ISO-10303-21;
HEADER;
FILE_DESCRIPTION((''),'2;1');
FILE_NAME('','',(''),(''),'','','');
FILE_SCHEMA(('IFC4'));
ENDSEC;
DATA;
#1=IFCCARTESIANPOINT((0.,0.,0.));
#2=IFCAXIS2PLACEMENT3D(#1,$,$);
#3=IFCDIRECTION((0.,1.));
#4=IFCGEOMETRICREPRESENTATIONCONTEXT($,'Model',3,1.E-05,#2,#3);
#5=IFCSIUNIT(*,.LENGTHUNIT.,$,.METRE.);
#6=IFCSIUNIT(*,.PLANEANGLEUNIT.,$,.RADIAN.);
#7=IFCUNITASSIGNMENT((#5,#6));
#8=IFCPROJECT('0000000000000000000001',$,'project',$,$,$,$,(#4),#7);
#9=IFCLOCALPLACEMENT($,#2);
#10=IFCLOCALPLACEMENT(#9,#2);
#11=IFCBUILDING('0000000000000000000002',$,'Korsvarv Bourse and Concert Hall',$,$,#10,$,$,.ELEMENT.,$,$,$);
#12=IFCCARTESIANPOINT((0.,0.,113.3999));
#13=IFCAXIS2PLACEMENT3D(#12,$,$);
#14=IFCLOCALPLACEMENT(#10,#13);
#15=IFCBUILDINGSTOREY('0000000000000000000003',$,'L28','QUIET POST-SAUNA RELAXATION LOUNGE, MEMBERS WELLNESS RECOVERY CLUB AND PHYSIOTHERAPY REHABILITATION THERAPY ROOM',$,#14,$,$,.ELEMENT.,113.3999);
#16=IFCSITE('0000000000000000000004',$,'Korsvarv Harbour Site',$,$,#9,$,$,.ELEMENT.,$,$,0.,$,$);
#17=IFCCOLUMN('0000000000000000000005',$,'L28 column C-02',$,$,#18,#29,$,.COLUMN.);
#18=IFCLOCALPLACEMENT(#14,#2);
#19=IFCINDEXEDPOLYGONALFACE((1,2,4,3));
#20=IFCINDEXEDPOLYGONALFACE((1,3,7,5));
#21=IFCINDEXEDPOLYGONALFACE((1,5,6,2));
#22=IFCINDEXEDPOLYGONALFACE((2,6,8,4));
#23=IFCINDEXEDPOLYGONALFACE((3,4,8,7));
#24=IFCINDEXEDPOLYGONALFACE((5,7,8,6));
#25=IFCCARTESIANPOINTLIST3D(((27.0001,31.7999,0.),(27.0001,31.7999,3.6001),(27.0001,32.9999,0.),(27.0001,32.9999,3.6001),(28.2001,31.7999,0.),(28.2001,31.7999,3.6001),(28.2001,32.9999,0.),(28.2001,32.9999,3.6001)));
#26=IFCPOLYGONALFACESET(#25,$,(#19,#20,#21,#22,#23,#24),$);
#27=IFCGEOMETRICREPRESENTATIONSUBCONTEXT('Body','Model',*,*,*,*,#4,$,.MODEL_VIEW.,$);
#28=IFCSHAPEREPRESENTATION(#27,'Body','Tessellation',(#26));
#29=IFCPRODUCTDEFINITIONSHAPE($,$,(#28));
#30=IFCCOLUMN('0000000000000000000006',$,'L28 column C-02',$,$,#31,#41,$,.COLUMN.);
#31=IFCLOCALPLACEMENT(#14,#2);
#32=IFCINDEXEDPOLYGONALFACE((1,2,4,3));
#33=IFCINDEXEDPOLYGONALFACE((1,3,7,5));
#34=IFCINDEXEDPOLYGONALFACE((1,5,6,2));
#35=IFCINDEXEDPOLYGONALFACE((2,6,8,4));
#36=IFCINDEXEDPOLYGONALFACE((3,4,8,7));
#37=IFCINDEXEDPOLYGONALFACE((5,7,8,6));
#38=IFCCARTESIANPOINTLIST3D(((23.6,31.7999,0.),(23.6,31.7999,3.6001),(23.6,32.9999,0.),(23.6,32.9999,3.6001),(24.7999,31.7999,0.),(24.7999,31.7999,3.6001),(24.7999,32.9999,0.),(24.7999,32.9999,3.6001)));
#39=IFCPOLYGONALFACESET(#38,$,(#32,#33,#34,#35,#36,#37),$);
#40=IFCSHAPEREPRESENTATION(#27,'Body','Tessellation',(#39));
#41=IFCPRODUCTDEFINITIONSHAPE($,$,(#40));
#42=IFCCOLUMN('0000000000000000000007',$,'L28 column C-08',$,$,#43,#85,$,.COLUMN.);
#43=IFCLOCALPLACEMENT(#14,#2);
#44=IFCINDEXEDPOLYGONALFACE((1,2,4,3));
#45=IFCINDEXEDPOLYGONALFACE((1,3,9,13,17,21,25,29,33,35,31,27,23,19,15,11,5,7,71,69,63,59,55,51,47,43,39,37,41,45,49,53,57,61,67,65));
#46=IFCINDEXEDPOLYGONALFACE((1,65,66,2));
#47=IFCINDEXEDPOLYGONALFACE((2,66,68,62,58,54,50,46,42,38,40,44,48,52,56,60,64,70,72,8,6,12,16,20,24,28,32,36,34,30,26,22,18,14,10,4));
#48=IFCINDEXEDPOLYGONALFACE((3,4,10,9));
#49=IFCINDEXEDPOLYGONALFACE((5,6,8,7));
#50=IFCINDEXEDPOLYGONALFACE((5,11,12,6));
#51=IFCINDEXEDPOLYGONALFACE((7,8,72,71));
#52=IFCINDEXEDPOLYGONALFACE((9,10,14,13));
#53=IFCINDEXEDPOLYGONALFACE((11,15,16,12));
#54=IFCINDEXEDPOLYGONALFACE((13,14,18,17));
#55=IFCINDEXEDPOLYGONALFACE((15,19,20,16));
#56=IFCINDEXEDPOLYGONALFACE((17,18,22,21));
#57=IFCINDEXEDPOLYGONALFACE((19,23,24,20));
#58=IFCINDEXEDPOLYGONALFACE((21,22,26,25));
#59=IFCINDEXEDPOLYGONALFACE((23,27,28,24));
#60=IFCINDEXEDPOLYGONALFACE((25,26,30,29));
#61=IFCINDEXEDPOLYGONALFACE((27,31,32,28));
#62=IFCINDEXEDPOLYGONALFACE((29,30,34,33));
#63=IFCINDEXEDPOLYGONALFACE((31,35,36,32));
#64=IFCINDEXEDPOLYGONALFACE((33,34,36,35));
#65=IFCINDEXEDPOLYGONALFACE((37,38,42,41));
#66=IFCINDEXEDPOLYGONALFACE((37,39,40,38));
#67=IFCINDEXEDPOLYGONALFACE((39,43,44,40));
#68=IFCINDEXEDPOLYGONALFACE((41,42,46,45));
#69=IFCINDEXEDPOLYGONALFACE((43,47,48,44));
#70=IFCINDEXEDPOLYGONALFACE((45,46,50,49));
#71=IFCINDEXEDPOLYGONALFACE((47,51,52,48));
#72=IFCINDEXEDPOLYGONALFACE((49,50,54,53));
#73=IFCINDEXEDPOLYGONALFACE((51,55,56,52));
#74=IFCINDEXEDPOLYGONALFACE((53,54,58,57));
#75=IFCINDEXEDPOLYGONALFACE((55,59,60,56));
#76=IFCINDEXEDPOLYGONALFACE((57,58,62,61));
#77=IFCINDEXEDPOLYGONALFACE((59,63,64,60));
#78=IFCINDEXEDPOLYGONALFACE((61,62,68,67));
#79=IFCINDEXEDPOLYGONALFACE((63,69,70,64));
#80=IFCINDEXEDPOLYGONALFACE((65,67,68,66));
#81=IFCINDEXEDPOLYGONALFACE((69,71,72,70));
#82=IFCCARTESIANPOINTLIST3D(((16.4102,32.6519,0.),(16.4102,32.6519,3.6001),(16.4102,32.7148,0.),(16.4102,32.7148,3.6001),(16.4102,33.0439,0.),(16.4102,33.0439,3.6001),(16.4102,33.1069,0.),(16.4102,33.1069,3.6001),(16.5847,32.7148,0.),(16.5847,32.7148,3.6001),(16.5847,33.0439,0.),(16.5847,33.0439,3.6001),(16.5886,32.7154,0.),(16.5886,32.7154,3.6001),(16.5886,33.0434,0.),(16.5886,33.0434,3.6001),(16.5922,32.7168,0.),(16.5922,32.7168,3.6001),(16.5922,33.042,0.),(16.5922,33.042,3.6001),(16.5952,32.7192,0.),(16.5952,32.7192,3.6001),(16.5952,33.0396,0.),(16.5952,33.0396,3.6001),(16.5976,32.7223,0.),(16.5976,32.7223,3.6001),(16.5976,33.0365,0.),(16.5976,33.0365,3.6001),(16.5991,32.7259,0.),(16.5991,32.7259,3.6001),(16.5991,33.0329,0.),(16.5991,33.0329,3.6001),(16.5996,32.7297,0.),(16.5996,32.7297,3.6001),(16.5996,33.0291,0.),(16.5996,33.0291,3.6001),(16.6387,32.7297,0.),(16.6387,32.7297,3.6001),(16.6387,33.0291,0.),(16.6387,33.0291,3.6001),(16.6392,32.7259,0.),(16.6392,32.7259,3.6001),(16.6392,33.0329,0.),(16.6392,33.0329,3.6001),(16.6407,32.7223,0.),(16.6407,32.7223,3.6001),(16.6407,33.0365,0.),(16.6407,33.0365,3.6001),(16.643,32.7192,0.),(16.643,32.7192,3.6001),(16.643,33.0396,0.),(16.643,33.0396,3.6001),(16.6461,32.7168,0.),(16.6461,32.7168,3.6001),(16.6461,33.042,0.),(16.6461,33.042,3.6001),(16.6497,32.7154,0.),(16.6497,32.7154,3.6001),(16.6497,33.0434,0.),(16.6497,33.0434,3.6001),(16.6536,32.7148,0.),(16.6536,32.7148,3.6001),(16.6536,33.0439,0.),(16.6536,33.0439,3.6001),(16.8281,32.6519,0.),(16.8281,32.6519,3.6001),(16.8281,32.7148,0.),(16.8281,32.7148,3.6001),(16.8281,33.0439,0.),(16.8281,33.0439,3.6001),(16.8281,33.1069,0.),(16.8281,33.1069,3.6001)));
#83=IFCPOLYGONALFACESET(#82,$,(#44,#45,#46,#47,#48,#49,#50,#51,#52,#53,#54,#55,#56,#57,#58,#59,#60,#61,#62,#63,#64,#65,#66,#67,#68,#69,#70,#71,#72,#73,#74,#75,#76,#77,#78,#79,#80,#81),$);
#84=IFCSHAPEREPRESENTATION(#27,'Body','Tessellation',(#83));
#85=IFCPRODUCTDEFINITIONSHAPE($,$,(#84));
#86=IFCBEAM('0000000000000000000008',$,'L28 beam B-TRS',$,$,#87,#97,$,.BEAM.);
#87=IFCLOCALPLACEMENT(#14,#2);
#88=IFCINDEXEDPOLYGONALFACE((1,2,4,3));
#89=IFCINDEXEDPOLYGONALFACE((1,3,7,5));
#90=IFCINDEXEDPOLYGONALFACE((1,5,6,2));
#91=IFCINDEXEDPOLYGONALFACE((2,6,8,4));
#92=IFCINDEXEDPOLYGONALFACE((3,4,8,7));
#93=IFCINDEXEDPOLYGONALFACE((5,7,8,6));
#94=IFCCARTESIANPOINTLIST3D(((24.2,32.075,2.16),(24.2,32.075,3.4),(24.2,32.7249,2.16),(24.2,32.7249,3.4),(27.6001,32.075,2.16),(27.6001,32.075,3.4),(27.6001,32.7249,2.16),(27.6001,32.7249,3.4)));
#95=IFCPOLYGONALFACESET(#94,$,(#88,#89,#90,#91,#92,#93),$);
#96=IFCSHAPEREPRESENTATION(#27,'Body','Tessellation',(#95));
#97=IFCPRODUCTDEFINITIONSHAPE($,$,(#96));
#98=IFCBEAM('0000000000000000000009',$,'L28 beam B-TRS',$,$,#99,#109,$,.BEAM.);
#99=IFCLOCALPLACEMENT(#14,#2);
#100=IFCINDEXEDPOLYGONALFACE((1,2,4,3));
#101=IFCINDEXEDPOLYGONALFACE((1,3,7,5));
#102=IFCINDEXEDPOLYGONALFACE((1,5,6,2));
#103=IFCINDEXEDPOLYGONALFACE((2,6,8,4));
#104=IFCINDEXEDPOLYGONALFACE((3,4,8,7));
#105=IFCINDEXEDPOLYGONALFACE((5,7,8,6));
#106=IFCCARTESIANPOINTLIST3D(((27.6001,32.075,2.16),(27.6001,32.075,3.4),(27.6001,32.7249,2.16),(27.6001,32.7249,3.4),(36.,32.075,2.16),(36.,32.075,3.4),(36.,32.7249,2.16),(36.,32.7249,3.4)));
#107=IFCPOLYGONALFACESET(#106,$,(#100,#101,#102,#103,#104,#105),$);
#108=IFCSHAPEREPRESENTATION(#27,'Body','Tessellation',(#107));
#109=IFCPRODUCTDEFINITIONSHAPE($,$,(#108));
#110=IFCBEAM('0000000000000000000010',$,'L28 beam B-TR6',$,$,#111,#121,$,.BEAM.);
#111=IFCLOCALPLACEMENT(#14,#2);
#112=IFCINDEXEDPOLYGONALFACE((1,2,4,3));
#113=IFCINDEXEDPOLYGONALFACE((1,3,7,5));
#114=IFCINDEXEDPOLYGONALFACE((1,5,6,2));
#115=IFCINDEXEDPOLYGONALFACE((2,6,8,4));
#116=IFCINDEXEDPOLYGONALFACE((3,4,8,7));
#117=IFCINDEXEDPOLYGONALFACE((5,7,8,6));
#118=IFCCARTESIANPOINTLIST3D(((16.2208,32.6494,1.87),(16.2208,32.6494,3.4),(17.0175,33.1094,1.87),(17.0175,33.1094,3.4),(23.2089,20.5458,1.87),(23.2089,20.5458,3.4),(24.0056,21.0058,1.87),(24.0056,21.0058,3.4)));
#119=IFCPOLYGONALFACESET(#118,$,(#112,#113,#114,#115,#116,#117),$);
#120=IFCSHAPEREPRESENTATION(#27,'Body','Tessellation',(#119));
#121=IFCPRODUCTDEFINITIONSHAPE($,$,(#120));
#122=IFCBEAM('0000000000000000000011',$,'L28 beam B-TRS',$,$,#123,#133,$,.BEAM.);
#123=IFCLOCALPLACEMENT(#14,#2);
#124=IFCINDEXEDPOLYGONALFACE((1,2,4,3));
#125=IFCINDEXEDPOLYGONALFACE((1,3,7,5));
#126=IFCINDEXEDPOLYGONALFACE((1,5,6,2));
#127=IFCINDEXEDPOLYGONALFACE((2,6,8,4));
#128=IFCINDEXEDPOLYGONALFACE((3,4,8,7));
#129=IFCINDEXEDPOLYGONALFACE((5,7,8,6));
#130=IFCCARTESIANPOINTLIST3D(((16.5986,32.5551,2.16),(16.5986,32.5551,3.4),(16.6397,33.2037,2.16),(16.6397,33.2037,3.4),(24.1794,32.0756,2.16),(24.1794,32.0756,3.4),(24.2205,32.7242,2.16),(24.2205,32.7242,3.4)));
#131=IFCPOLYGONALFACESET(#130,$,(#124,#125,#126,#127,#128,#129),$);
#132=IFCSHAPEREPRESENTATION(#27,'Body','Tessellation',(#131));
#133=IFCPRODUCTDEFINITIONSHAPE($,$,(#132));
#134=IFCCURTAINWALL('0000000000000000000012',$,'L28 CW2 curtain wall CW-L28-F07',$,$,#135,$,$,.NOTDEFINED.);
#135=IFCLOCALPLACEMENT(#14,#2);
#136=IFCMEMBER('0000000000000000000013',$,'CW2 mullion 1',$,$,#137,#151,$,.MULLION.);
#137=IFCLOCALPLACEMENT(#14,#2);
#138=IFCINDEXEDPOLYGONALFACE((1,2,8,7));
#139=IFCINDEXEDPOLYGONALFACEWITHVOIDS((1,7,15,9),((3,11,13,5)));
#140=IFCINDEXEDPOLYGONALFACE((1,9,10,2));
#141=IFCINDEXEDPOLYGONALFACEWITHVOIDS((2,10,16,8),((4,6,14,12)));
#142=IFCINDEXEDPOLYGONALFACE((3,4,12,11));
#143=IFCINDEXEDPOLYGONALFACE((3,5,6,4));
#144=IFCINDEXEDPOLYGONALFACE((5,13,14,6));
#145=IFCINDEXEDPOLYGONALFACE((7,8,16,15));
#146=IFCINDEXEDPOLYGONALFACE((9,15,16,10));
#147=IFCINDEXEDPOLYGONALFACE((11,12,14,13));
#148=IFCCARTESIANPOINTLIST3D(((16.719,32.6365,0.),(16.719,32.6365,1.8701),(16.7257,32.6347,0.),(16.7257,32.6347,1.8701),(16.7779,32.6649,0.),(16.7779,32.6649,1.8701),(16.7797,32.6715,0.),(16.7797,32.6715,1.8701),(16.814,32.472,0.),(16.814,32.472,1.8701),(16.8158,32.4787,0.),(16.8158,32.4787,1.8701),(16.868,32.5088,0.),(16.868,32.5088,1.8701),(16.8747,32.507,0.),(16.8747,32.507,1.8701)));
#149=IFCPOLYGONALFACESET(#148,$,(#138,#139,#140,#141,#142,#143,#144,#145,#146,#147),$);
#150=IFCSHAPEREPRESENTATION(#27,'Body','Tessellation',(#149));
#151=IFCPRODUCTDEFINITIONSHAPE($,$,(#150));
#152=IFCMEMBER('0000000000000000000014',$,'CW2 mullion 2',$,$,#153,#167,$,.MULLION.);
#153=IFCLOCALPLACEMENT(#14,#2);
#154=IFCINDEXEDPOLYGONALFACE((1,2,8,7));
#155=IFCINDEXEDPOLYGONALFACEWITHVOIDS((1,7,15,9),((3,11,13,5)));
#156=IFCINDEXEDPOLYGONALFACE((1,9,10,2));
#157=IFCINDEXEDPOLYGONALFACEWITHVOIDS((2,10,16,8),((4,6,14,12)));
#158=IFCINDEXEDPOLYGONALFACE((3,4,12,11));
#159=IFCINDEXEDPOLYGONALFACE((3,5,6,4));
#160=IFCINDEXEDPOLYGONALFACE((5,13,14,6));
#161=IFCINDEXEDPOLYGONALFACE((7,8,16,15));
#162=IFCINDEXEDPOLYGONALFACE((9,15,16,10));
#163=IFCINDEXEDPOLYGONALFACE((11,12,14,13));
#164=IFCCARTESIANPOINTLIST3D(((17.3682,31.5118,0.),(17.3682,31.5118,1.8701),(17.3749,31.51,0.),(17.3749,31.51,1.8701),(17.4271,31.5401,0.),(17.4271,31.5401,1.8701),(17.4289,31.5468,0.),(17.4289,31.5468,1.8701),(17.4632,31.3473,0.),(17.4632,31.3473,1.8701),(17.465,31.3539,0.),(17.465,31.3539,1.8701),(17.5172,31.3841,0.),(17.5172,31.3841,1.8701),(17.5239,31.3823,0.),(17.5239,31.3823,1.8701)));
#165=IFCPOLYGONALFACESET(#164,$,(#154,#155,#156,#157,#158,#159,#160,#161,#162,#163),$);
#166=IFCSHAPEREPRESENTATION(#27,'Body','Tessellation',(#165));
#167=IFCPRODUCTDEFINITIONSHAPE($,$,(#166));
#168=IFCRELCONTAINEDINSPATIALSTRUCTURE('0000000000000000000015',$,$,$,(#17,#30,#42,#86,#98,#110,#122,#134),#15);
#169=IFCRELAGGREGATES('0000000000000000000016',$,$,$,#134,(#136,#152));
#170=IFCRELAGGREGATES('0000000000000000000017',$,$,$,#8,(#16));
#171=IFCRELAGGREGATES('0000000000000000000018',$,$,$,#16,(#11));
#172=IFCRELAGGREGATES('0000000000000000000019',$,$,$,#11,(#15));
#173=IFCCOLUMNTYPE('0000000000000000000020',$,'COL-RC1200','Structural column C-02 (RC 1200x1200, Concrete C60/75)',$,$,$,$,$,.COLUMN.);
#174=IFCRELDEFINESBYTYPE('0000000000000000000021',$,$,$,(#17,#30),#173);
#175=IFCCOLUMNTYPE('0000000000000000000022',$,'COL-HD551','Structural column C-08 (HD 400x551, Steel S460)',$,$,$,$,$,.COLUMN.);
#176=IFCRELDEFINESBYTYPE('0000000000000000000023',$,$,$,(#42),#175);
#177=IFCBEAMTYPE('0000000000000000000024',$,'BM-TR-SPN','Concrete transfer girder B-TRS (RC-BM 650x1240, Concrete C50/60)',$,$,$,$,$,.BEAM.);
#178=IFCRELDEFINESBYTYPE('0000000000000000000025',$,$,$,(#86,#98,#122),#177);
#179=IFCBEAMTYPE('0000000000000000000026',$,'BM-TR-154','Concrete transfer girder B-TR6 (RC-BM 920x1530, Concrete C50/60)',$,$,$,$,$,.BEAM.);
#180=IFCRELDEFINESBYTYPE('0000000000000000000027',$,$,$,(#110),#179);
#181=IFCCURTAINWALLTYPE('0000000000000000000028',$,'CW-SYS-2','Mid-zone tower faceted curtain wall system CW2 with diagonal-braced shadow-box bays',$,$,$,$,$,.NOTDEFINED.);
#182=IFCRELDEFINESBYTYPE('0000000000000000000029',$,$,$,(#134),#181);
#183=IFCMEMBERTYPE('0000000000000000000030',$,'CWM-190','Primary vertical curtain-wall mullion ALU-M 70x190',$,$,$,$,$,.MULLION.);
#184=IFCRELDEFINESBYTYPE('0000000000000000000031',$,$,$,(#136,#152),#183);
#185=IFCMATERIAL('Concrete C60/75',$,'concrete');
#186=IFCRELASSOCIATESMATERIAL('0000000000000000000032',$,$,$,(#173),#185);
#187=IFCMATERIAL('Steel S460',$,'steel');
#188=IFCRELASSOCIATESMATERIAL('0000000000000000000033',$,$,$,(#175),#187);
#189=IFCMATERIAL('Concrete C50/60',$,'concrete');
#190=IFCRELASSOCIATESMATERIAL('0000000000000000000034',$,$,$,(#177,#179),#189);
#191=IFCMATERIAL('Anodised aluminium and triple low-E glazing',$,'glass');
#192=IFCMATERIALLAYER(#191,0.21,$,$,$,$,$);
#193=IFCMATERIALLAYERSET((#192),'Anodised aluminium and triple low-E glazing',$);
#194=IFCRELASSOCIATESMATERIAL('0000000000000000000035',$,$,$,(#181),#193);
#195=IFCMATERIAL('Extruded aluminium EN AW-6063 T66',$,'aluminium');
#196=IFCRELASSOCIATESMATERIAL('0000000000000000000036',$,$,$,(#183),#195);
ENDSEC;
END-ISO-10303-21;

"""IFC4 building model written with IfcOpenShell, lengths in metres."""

from ifc_helpers import new_model, si_unit, direction, frame, origin, origin_2d, place, context, subcontext, project, spatial, rectangle, hollow_rectangle, i_section, extrude, source, transform, mapped, material, layer, layer_set, material_profile, profile_set, type_object, element, aggregate, save


model = new_model("IFC4")

# Units and contexts
model_context = context("Model", 3, precision=1e-05, world=origin(), true_north=direction((0.0, 1.0)))
body_context = subcontext(model_context, "Body", "Model", "MODEL_VIEW")
ifc_project = project(units=[si_unit("LENGTHUNIT", "METRE"), si_unit("PLANEANGLEUNIT", "RADIAN")], contexts=[model_context])

# Site, building, storey
site_placement = place(None, origin())
site = spatial("IfcSite", under=ifc_project, at=site_placement, Name="Korsvarv Harbour Site", CompositionType="ELEMENT", RefElevation=0.0)
building_placement = place(site_placement, origin())
building = spatial("IfcBuilding", under=site, at=building_placement, Name="Korsvarv Bourse and Concert Hall", CompositionType="ELEMENT")
storey_placement = place(building_placement, frame((0.0, 0.0, 113.3999)))
storey = spatial("IfcBuildingStorey", under=building, at=storey_placement, Name="L28", Description="QUIET POST-SAUNA RELAXATION LOUNGE, MEMBERS WELLNESS RECOVERY CLUB AND PHYSIOTHERAPY REHABILITATION THERAPY ROOM", CompositionType="ELEMENT", Elevation=113.3999)

# Columns
ifc_material_1 = material(Name="Concrete C60/75", Category="concrete")
ifc_material_profile_1 = material_profile(ifc_material_1, rectangle(XDim=1.2, YDim=1.2, at=origin_2d()), Name="RC 1200x1200")
ifc_profile_set_1 = profile_set([ifc_material_profile_1], Name="Concrete C60/75")
column_type_1 = type_object("IfcColumnType", Name="COL-RC1200", Description="Structural column C-02 (RC 1200x1200, Concrete C60/75)", PredefinedType="COLUMN", material=ifc_profile_set_1)
shared_shape_1 = source(origin(), body_context, "Body", "SweptSolid", [
    extrude(rectangle(XDim=1.2, YDim=1.2, at=origin_2d()), origin(), (0.0, 0.0, 1.0), 3.6001),
])
for number, where, z_axis, x_axis, name in (
    (1, (27.6001, 32.3999, 0.0), (0.0, 0.0, 1.0), (1.0, 0.0, 0.0), "L28 column C-02"),
    (2, (24.2, 32.3999, 0.0), (0.0, 0.0, 1.0), (1.0, 0.0, 0.0), "L28 column C-02"),
):
    element("IfcColumn", number, at=place(storey_placement, frame(where, z_axis=z_axis, x_axis=x_axis)), inside=storey, type_object=column_type_1, Name=name, PredefinedType="COLUMN", context=body_context, shape_type="MappedRepresentation", body=[
        mapped(shared_shape_1, transform((0.0, 0.0, 0.0), scale=1.0)),
    ])
ifc_material_2 = material(Name="Steel S460", Category="steel")
ifc_material_profile_2 = material_profile(ifc_material_2, i_section(OverallWidth=0.418, OverallDepth=0.4551, WebThickness=0.0391, FlangeThickness=0.063, FilletRadius=0.0149, at=origin_2d()), Name="HD 400x551")
ifc_profile_set_2 = profile_set([ifc_material_profile_2], Name="Steel S460")
column_type_2 = type_object("IfcColumnType", Name="COL-HD551", Description="Structural column C-08 (HD 400x551, Steel S460)", PredefinedType="COLUMN", material=ifc_profile_set_2)
shared_shape_2 = source(origin(), body_context, "Body", "SweptSolid", [
    extrude(i_section(OverallWidth=0.418, OverallDepth=0.4551, WebThickness=0.0391, FlangeThickness=0.063, FilletRadius=0.0149, at=origin_2d()), origin(), (0.0, 0.0, 1.0), 3.6001),
])
column_placement = place(storey_placement, frame((16.6191, 32.8794, 0.0), z_axis=(0.0, 0.0, 1.0), x_axis=(1.0, 0.0, 0.0)))
element("IfcColumn", 3, at=column_placement, inside=storey, type_object=column_type_2, Name="L28 column C-08", PredefinedType="COLUMN", context=body_context, shape_type="MappedRepresentation", body=[
    mapped(shared_shape_2, transform((0.0, 0.0, 0.0), scale=1.0)),
])

# Beams
ifc_material_3 = material(Name="Concrete C50/60", Category="concrete")
ifc_material_profile_3 = material_profile(ifc_material_3, rectangle(XDim=0.6499, YDim=1.24, at=origin_2d()), Name="RC-BM 650x1240")
ifc_profile_set_3 = profile_set([ifc_material_profile_3], Name="Concrete C50/60")
beam_type_1 = type_object("IfcBeamType", Name="BM-TR-SPN", Description="Concrete transfer girder B-TRS (RC-BM 650x1240, Concrete C50/60)", PredefinedType="BEAM", material=ifc_profile_set_3)
shared_shape_3 = source(origin(), body_context, "Body", "SweptSolid", [
    extrude(rectangle(XDim=0.6499, YDim=1.24, at=origin_2d()), origin(), (0.0, 0.0, 1.0), 3.4001),
])
beam_1_placement = place(storey_placement, frame((24.2, 32.3999, 2.78), z_axis=(1.0, 0.0, 0.0), x_axis=(0.0, 1.0, 0.0)))
element("IfcBeam", 4, at=beam_1_placement, inside=storey, type_object=beam_type_1, Name="L28 beam B-TRS", PredefinedType="BEAM", context=body_context, shape_type="MappedRepresentation", body=[
    mapped(shared_shape_3, transform((0.0, 0.0, 0.0), scale=1.0)),
])
shared_shape_4 = source(origin(), body_context, "Body", "SweptSolid", [
    extrude(rectangle(XDim=0.6499, YDim=1.24, at=origin_2d()), origin(), (0.0, 0.0, 1.0), 8.3999),
])
beam_2_placement = place(storey_placement, frame((27.6001, 32.3999, 2.78), z_axis=(1.0, 0.0, 0.0), x_axis=(0.0, 1.0, 0.0)))
element("IfcBeam", 5, at=beam_2_placement, inside=storey, type_object=beam_type_1, Name="L28 beam B-TRS", PredefinedType="BEAM", context=body_context, shape_type="MappedRepresentation", body=[
    mapped(shared_shape_4, transform((0.0, 0.0, 0.0), scale=1.0)),
])
ifc_material_profile_4 = material_profile(ifc_material_3, rectangle(XDim=0.9199, YDim=1.53, at=origin_2d()), Name="RC-BM 920x1530")
ifc_profile_set_4 = profile_set([ifc_material_profile_4], Name="Concrete C50/60")
beam_type_2 = type_object("IfcBeamType", Name="BM-TR-154", Description="Concrete transfer girder B-TR6 (RC-BM 920x1530, Concrete C50/60)", PredefinedType="BEAM", material=ifc_profile_set_4)
shared_shape_5 = source(origin(), body_context, "Body", "SweptSolid", [
    extrude(rectangle(XDim=0.9199, YDim=1.53, at=origin_2d()), origin(), (0.0, 0.0, 1.0), 13.9761),
])
beam_3_placement = place(storey_placement, frame((16.6191, 32.8794, 2.635), z_axis=(0.500004, -0.866023, 0.0), x_axis=(0.866023, 0.500004, 0.0)))
element("IfcBeam", 6, at=beam_3_placement, inside=storey, type_object=beam_type_2, Name="L28 beam B-TR6", PredefinedType="BEAM", context=body_context, shape_type="MappedRepresentation", body=[
    mapped(shared_shape_5, transform((0.0, 0.0, 0.0), scale=1.0)),
])
shared_shape_6 = source(origin(), body_context, "Body", "SweptSolid", [
    extrude(rectangle(XDim=0.6499, YDim=1.24, at=origin_2d()), origin(), (0.0, 0.0, 1.0), 7.5959),
])
beam_4_placement = place(storey_placement, frame((16.6191, 32.8794, 2.78), z_axis=(0.998006, -0.063125, 0.0), x_axis=(0.063125, 0.998006, 0.0)))
element("IfcBeam", 7, at=beam_4_placement, inside=storey, type_object=beam_type_1, Name="L28 beam B-TRS", PredefinedType="BEAM", context=body_context, shape_type="MappedRepresentation", body=[
    mapped(shared_shape_6, transform((0.0, 0.0, 0.0), scale=1.0)),
])

# Curtain wall, members
ifc_material_4 = material(Name="Anodised aluminium and triple low-E glazing", Category="glass")
ifc_layer_1 = layer(ifc_material_4, 0.21)
ifc_layer_set_1 = layer_set([ifc_layer_1], Name="Anodised aluminium and triple low-E glazing")
curtain_wall_type = type_object("IfcCurtainWallType", Name="CW-SYS-2", Description="Mid-zone tower faceted curtain wall system CW2 with diagonal-braced shadow-box bays", PredefinedType="NOTDEFINED", material=ifc_layer_set_1)
curtain_wall_placement = place(storey_placement, origin())
curtain_wall = element("IfcCurtainWall", 8, at=curtain_wall_placement, inside=storey, type_object=curtain_wall_type, Name="L28 CW2 curtain wall CW-L28-F07", PredefinedType="NOTDEFINED")
ifc_material_5 = material(Name="Extruded aluminium EN AW-6063 T66", Category="aluminium")
ifc_material_profile_5 = material_profile(ifc_material_5, hollow_rectangle(XDim=0.0701, YDim=0.1899, WallThickness=0.0049, at=origin_2d()), Name="ALU-M 70x190")
ifc_profile_set_5 = profile_set([ifc_material_profile_5], Name="Extruded aluminium EN AW-6063 T66")
member_type_1 = type_object("IfcMemberType", Name="CWM-190", Description="Primary vertical curtain-wall mullion ALU-M 70x190", PredefinedType="MULLION", material=ifc_profile_set_5)
shared_shape_7 = source(origin(), body_context, "Body", "SweptSolid", [
    extrude(hollow_rectangle(XDim=0.0701, YDim=0.1899, WallThickness=0.0049, at=origin_2d()), origin(), (0.0, 0.0, 1.0), 1.8701),
])
member_1_placement = place(storey_placement, frame((16.7969, 32.5718, 0.0), z_axis=(0.0, 0.0, 1.0), x_axis=(0.866022, 0.500006, 0.0)))
member_1 = element("IfcMember", 9, at=member_1_placement, type_object=member_type_1, Name="CW2 mullion 1", PredefinedType="MULLION", context=body_context, shape_type="MappedRepresentation", body=[
    mapped(shared_shape_7, transform((0.0, 0.0, 0.0), scale=1.0)),
])
member_2_placement = place(storey_placement, frame((17.446, 31.447, 0.0), z_axis=(0.0, 0.0, 1.0), x_axis=(0.866022, 0.500006, 0.0)))
member_2 = element("IfcMember", 10, at=member_2_placement, type_object=member_type_1, Name="CW2 mullion 2", PredefinedType="MULLION", context=body_context, shape_type="MappedRepresentation", body=[
    mapped(shared_shape_7, transform((0.0, 0.0, 0.0), scale=1.0)),
])
aggregate(curtain_wall, [member_1, member_2])

save(model, "model.ifc")
